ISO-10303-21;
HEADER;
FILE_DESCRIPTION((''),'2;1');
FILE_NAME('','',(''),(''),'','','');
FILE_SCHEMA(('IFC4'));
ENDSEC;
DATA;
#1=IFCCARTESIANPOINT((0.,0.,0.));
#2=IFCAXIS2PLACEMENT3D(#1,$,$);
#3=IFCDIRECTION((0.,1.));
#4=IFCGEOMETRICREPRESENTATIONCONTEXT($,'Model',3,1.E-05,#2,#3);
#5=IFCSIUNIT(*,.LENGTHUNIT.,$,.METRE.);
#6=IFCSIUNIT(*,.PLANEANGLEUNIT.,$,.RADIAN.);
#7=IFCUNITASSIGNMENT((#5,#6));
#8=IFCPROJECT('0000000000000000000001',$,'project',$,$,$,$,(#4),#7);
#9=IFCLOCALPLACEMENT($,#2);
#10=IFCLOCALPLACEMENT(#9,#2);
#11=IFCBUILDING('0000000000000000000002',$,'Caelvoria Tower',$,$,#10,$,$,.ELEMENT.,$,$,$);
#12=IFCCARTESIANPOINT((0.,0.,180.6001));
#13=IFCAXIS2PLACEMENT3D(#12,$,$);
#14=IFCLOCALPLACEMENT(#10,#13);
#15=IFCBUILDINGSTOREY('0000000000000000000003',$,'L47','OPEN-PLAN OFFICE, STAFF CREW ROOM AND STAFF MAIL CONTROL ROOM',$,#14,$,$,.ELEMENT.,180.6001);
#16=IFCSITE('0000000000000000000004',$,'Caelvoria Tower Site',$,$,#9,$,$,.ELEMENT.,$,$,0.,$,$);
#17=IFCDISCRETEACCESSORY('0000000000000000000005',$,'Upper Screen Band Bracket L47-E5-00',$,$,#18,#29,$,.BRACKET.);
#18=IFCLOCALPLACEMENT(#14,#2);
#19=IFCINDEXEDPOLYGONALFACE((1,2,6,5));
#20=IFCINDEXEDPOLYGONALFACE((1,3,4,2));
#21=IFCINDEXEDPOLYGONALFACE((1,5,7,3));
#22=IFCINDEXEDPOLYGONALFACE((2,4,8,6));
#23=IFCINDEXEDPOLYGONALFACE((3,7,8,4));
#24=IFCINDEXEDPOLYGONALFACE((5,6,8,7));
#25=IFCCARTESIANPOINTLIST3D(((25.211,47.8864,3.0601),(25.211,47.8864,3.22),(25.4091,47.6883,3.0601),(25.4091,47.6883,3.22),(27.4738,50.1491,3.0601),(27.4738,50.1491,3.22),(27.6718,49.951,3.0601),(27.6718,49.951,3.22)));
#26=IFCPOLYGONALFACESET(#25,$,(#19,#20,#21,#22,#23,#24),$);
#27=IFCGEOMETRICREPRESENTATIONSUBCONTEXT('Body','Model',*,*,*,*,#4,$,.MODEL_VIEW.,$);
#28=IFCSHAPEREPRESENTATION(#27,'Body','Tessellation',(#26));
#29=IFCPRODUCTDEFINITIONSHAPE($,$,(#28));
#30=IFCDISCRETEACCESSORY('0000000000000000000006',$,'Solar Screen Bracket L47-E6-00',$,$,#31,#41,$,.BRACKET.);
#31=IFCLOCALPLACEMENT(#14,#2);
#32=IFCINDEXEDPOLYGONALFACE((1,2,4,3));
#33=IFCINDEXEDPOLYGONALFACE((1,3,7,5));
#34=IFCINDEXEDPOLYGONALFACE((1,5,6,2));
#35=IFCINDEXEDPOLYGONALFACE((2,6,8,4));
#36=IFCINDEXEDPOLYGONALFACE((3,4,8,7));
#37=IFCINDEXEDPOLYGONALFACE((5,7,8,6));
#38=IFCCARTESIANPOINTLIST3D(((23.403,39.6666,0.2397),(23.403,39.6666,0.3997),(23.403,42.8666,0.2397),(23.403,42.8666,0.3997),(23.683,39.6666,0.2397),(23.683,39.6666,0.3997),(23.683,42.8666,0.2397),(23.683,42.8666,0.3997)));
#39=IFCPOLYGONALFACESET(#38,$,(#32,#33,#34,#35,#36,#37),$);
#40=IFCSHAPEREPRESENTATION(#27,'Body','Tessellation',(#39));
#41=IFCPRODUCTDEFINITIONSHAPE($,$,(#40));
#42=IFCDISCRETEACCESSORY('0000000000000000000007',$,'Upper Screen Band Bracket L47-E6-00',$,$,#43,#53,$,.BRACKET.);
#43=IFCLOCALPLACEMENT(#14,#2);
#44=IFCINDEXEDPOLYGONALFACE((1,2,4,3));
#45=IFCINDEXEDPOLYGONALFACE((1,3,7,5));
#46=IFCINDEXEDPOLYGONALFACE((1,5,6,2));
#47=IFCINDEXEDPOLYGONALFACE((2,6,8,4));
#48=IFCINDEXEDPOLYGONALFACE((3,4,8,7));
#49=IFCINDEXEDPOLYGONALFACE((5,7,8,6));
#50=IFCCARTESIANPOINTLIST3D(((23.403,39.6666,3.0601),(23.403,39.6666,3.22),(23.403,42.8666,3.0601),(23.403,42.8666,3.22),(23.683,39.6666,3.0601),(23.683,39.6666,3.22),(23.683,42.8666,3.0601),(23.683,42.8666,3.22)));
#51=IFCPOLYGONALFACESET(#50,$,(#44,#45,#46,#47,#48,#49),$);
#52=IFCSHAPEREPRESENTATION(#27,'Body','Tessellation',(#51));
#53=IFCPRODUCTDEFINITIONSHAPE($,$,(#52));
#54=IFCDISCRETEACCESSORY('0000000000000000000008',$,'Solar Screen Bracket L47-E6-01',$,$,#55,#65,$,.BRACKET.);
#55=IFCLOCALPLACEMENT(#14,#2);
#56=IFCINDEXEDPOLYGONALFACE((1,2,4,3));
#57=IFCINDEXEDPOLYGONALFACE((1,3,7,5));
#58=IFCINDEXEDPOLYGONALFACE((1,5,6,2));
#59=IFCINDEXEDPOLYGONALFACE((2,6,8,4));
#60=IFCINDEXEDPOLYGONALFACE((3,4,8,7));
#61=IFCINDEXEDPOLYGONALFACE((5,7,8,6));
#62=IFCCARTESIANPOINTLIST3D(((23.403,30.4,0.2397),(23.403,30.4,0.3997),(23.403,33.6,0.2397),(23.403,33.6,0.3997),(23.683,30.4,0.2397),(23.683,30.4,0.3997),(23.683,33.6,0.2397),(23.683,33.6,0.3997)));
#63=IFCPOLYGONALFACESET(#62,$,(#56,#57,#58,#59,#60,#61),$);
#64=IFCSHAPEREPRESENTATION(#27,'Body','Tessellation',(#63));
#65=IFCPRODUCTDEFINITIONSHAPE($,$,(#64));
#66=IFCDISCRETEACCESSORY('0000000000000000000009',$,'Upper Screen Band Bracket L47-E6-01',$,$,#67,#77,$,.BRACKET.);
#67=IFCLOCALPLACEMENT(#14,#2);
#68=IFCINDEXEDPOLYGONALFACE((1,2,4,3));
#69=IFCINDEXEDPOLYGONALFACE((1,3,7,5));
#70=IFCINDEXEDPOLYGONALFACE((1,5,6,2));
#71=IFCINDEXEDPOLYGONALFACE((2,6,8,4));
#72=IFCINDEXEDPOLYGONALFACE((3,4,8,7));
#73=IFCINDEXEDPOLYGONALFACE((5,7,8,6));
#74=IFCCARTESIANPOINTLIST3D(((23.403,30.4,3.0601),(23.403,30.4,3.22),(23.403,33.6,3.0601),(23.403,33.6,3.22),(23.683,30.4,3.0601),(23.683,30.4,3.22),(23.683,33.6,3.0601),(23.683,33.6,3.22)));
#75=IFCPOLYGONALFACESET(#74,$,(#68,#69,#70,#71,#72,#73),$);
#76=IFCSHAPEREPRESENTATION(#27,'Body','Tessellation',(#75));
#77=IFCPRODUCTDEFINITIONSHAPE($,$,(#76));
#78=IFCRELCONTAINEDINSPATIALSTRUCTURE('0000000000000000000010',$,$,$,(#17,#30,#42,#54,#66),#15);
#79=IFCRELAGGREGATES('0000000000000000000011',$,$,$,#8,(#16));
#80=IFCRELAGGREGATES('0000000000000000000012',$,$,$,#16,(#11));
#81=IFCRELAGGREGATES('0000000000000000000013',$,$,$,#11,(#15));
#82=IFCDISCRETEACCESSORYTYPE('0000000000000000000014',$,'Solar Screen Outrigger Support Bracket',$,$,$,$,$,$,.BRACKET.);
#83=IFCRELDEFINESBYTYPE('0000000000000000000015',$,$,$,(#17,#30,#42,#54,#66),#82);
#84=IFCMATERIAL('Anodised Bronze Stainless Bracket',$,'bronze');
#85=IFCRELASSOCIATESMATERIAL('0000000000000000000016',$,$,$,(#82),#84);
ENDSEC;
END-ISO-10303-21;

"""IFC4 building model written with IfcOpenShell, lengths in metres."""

from ifc_helpers import new_model, si_unit, direction, frame, origin, origin_2d, place, context, subcontext, project, spatial, rectangle, extrude, material, type_object, element, save


model = new_model("IFC4")

# Units and contexts
model_context = context("Model", 3, precision=1e-05, world=origin(), true_north=direction((0.0, 1.0)))
body_context = subcontext(model_context, "Body", "Model", "MODEL_VIEW")
ifc_project = project(units=[si_unit("LENGTHUNIT", "METRE"), si_unit("PLANEANGLEUNIT", "RADIAN")], contexts=[model_context])

# Site, building, storey
site_placement = place(None, origin())
site = spatial("IfcSite", under=ifc_project, at=site_placement, Name="Caelvoria Tower Site", CompositionType="ELEMENT", RefElevation=0.0)
building_placement = place(site_placement, origin())
building = spatial("IfcBuilding", under=site, at=building_placement, Name="Caelvoria Tower", CompositionType="ELEMENT")
storey_placement = place(building_placement, frame((0.0, 0.0, 180.6001)))
storey = spatial("IfcBuildingStorey", under=building, at=storey_placement, Name="L47", Description="OPEN-PLAN OFFICE, STAFF CREW ROOM AND STAFF MAIL CONTROL ROOM", CompositionType="ELEMENT", Elevation=180.6001)

# Discrete accessories
ifc_material_1 = material(Name="Anodised Bronze Stainless Bracket", Category="bronze")
discrete_accessory_type = type_object("IfcDiscreteAccessoryType", Name="Solar Screen Outrigger Support Bracket", PredefinedType="BRACKET", material=ifc_material_1)
for number, where, z_axis, x_axis, name in (
    (1, (26.4414, 48.9187, 3.0601), (0.0, 0.0, 1.0), (-0.707107, -0.707107, 0.0), "Upper Screen Band Bracket L47-E5-00"),
    (2, (23.543, 41.2666, 0.2397), (0.0, 0.0, 1.0), (0.0, -1.0, 0.0), "Solar Screen Bracket L47-E6-00"),
    (3, (23.543, 41.2666, 3.0601), (0.0, 0.0, 1.0), (0.0, -1.0, 0.0), "Upper Screen Band Bracket L47-E6-00"),
    (4, (23.543, 32.0, 0.2397), (0.0, 0.0, 1.0), (0.0, -1.0, 0.0), "Solar Screen Bracket L47-E6-01"),
    (5, (23.543, 32.0, 3.0601), (0.0, 0.0, 1.0), (0.0, -1.0, 0.0), "Upper Screen Band Bracket L47-E6-01"),
):
    element("IfcDiscreteAccessory", number, at=place(storey_placement, frame(where, z_axis=z_axis, x_axis=x_axis)), inside=storey, type_object=discrete_accessory_type, Name=name, PredefinedType="BRACKET", context=body_context, shape_type="SweptSolid", body=[
        extrude(rectangle(XDim=3.2, YDim=0.28, at=origin_2d()), origin(), (0.0, 0.0, 1.0), 0.1599),
    ])

save(model, "model.ifc")
